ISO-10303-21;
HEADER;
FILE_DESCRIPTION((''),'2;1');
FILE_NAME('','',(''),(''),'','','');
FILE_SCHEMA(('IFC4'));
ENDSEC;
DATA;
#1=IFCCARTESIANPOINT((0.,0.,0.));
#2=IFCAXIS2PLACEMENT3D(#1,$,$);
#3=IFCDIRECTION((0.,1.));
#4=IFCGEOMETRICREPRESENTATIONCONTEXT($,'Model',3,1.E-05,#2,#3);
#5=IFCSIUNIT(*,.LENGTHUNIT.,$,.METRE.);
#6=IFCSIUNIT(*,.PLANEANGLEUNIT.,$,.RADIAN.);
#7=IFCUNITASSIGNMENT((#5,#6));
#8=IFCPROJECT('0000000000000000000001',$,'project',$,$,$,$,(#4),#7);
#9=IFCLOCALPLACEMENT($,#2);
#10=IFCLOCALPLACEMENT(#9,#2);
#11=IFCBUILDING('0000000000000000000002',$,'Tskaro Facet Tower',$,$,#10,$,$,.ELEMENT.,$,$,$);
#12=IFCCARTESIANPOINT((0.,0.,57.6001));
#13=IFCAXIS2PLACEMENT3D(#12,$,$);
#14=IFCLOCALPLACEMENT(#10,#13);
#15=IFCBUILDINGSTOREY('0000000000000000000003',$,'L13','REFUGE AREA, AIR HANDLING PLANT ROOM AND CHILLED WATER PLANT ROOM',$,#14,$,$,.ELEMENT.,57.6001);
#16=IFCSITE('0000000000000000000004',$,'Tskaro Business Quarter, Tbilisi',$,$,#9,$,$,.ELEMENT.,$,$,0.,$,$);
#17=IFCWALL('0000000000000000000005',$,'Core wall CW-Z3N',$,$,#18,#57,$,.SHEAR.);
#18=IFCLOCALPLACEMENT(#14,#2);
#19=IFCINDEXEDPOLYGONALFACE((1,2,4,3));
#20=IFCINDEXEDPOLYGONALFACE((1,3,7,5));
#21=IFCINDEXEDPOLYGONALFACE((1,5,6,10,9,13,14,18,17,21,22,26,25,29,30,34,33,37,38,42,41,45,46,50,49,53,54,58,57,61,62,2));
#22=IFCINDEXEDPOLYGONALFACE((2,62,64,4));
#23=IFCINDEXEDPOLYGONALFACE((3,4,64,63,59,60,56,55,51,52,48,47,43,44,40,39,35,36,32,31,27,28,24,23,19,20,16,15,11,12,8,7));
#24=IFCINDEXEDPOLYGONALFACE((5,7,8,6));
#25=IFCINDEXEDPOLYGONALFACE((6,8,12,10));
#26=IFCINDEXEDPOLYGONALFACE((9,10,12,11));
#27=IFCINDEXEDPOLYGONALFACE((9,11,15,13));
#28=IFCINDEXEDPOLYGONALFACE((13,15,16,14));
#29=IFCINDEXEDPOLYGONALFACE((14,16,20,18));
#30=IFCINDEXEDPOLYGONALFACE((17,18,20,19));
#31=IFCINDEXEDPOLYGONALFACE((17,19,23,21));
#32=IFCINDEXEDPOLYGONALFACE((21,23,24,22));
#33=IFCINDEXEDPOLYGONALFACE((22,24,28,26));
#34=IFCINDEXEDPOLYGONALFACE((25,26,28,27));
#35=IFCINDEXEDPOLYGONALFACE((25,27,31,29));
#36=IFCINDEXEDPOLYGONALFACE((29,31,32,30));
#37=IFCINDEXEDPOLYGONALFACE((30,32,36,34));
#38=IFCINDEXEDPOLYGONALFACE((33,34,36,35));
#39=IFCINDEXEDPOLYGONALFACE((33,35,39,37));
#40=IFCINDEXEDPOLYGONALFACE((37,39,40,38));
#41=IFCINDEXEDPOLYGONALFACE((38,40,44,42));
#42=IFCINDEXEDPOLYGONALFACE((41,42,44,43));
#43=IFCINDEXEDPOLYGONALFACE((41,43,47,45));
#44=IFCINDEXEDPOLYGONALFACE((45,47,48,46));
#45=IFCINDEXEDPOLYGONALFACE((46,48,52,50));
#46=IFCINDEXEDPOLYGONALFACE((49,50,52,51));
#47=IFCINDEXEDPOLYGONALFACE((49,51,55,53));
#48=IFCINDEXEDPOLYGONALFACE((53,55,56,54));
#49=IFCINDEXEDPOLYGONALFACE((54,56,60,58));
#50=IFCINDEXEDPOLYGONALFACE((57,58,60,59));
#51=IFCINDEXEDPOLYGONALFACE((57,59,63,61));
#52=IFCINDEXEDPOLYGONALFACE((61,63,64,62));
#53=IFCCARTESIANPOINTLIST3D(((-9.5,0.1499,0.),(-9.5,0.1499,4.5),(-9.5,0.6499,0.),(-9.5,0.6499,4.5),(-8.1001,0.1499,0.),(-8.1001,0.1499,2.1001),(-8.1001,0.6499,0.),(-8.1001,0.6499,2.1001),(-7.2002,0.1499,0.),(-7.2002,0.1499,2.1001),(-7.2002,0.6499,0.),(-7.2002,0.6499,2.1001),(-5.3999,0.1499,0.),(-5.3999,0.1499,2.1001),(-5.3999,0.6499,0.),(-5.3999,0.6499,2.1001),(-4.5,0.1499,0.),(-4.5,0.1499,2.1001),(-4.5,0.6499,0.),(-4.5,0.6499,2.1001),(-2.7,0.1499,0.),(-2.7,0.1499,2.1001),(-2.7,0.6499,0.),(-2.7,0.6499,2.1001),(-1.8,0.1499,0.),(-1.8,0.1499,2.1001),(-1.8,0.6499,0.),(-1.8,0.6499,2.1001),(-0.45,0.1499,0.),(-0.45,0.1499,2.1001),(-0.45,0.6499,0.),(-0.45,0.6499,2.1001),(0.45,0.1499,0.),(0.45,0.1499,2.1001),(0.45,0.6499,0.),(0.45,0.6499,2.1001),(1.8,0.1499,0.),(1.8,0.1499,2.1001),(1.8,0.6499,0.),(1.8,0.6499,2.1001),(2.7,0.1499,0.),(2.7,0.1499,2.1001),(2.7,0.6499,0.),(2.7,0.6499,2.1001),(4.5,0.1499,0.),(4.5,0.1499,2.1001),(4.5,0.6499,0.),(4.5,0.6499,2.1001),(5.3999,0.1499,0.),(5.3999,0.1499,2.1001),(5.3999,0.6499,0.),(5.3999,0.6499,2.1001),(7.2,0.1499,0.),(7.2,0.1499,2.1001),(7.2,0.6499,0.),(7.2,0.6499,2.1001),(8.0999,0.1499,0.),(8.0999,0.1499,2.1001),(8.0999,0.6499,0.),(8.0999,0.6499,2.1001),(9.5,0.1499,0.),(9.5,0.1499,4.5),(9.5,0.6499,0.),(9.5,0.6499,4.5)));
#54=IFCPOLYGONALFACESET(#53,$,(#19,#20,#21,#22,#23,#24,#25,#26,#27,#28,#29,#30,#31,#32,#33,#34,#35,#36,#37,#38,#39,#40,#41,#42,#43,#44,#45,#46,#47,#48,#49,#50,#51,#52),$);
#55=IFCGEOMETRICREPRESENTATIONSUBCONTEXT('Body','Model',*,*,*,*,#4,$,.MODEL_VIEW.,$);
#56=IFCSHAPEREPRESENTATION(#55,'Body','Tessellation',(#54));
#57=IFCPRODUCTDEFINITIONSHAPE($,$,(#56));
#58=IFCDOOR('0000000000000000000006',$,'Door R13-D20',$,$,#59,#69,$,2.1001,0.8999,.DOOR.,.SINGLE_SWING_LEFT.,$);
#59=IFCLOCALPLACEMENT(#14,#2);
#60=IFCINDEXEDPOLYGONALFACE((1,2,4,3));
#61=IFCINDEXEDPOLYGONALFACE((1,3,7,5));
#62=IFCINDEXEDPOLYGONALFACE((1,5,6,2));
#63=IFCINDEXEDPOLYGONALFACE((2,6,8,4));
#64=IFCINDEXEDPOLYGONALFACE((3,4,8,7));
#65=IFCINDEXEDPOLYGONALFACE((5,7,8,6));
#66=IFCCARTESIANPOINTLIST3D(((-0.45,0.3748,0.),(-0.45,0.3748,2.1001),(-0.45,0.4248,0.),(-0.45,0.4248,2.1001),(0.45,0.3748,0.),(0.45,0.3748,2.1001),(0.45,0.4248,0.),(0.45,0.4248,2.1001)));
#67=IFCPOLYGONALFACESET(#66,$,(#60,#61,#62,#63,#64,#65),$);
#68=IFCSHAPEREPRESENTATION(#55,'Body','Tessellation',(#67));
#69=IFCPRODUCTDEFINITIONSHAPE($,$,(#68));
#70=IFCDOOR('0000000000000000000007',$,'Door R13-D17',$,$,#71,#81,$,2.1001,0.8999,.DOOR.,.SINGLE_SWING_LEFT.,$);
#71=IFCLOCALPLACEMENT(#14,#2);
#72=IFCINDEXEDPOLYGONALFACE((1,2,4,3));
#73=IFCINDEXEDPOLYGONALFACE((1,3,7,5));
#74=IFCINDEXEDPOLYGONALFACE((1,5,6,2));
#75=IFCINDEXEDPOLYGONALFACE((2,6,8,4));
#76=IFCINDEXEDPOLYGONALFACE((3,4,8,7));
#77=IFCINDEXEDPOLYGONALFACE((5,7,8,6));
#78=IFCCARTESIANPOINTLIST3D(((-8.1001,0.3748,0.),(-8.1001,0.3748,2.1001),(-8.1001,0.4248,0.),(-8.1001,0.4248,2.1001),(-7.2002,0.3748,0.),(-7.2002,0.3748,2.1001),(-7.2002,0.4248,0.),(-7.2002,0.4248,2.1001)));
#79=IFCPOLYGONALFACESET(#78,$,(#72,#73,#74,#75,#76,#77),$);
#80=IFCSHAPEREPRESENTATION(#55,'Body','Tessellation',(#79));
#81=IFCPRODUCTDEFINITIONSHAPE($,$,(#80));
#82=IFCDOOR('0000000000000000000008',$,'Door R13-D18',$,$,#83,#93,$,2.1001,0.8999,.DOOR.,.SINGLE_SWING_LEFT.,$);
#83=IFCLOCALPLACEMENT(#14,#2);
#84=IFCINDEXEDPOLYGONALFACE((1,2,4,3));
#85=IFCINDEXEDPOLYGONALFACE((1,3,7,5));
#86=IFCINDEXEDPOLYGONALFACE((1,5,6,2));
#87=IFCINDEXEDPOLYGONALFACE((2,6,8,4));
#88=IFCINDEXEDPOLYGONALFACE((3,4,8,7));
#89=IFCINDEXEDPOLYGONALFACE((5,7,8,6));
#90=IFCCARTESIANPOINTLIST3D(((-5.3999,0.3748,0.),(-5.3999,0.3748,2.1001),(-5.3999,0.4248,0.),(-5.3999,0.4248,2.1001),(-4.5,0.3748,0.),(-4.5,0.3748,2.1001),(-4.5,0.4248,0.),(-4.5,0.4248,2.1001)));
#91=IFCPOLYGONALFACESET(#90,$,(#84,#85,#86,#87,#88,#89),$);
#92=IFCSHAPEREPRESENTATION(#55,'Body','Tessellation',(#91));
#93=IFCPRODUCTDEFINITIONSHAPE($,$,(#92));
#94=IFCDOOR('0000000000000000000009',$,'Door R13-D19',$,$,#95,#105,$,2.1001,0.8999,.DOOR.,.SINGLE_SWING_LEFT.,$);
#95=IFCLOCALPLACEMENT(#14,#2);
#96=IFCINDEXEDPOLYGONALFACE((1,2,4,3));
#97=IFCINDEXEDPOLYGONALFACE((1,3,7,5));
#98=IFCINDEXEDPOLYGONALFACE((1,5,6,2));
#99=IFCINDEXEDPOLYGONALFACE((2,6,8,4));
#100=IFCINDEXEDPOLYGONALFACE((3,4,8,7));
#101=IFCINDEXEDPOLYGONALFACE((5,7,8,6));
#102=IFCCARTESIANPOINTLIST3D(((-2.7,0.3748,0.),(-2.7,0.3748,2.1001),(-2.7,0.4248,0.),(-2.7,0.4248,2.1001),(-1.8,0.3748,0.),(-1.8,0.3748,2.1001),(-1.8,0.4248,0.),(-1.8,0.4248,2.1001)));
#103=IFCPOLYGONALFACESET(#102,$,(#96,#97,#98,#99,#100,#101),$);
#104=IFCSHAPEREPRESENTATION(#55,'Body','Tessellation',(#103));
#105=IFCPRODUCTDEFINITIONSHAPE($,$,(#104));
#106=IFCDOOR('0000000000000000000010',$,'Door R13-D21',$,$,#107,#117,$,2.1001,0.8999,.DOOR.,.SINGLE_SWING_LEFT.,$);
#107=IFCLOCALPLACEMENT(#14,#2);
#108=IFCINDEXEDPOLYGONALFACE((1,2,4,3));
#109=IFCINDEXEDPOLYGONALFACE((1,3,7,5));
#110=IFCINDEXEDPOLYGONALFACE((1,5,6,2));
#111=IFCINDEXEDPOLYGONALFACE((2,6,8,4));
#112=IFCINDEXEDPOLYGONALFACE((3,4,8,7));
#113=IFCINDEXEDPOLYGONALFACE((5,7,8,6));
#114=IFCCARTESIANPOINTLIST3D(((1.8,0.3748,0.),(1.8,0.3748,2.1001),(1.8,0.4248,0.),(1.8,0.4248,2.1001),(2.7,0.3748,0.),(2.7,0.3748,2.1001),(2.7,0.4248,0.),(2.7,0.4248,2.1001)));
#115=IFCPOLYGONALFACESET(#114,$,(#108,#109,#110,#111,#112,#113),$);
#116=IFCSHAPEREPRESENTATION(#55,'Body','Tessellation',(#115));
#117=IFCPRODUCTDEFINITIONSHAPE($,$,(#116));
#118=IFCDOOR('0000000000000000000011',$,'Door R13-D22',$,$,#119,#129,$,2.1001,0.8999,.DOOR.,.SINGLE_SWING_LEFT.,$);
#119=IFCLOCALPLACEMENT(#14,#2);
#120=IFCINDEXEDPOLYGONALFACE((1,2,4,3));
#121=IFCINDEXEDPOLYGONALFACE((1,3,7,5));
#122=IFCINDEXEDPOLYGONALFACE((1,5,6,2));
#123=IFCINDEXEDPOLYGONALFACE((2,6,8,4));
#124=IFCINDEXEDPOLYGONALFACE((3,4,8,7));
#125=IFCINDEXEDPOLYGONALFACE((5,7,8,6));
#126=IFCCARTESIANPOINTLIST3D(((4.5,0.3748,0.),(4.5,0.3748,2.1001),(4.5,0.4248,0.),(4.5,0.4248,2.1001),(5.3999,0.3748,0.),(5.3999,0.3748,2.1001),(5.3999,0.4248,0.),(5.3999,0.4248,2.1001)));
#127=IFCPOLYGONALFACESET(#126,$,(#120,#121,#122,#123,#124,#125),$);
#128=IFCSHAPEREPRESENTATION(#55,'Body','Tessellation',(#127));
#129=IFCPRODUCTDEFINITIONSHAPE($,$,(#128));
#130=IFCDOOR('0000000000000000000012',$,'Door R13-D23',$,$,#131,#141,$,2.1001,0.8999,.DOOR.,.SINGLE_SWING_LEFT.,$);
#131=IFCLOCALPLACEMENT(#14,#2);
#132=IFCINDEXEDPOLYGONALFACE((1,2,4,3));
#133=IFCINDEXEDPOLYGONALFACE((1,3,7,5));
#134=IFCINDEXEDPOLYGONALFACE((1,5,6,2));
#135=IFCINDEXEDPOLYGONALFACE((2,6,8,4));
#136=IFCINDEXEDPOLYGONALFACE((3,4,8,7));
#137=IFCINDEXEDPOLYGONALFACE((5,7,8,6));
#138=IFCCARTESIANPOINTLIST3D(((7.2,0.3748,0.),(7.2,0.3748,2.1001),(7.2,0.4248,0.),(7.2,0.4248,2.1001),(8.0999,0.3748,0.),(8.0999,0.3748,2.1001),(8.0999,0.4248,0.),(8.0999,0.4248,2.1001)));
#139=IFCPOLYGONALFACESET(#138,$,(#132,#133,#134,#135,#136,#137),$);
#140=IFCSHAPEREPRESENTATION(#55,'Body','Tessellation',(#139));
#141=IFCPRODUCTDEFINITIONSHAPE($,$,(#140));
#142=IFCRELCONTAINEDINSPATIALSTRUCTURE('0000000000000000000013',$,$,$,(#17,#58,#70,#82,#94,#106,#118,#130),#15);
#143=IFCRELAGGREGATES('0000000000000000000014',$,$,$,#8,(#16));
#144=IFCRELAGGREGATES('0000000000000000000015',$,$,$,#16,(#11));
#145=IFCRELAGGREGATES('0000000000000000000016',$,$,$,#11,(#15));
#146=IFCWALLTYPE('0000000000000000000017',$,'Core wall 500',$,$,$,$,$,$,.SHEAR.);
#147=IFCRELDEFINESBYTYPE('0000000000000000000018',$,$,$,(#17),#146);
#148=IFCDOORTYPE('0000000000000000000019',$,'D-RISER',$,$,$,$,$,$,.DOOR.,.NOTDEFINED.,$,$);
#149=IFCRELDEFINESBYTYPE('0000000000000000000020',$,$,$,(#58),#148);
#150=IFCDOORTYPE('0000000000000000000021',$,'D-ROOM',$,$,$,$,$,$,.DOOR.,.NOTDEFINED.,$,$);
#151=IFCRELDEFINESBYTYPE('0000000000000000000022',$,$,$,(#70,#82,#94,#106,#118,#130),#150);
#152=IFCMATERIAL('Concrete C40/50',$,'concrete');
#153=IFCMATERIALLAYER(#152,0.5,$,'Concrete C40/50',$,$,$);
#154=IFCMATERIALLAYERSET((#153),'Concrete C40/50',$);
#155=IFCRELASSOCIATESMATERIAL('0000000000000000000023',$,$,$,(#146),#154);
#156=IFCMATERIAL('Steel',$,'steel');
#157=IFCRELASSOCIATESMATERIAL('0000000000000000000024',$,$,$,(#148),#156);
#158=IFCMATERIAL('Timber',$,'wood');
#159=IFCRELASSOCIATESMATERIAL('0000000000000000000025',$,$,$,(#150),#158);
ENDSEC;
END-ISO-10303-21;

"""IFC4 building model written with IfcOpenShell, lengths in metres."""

from ifc_helpers import new_model, si_unit, direction, frame, frame_2d, origin, place, context, subcontext, project, spatial, rectangle, extrude, material, layer, layer_set, type_object, element, fill, save


model = new_model("IFC4")

# Units and contexts
model_context = context("Model", 3, precision=1e-05, world=origin(), true_north=direction((0.0, 1.0)))
body_context = subcontext(model_context, "Body", "Model", "MODEL_VIEW")
ifc_project = project(units=[si_unit("LENGTHUNIT", "METRE"), si_unit("PLANEANGLEUNIT", "RADIAN")], contexts=[model_context])

# Site, building, storey
site_placement = place(None, origin())
site = spatial("IfcSite", under=ifc_project, at=site_placement, Name="Tskaro Business Quarter, Tbilisi", CompositionType="ELEMENT", RefElevation=0.0)
building_placement = place(site_placement, origin())
building = spatial("IfcBuilding", under=site, at=building_placement, Name="Tskaro Facet Tower", CompositionType="ELEMENT")
storey_placement = place(building_placement, frame((0.0, 0.0, 57.6001)))
storey = spatial("IfcBuildingStorey", under=building, at=storey_placement, Name="L13", Description="REFUGE AREA, AIR HANDLING PLANT ROOM AND CHILLED WATER PLANT ROOM", CompositionType="ELEMENT", Elevation=57.6001)

# Wall, openings, doors
ifc_material_1 = material(Name="Concrete C40/50", Category="concrete")
ifc_layer_1 = layer(ifc_material_1, 0.5, Name="Concrete C40/50")
ifc_layer_set_1 = layer_set([ifc_layer_1], Name="Concrete C40/50")
wall_type_1 = type_object("IfcWallType", Name="Core wall 500", PredefinedType="SHEAR", material=ifc_layer_set_1)
wall_1_placement = place(storey_placement, frame((-9.5, 0.3999, 0.0), z_axis=(0.0, 0.0, 1.0), x_axis=(1.0, 0.0, 0.0)))
wall_1 = element("IfcWall", 1, at=wall_1_placement, inside=storey, type_object=wall_type_1, Name="Core wall CW-Z3N", PredefinedType="SHEAR", context=body_context, shape_type="SweptSolid", body=[
    extrude(rectangle(XDim=19.0, YDim=0.5, at=frame_2d((9.5, 0.0))), origin(), (0.0, 0.0, 1.0), 4.5),
])
opening_1_placement = place(wall_1_placement, frame((1.3999, 0.0, 0.0)))
opening_1 = element("IfcOpeningElement", 2, at=opening_1_placement, cuts=wall_1, PredefinedType="OPENING", context=body_context, shape_type="SweptSolid", body=[
    extrude(rectangle(XDim=0.8999, YDim=2.1001, at=frame_2d((0.45, 1.05))), frame((0.0, 0.26, 0.0), z_axis=(0.0, -1.0, 0.0), x_axis=(1.0, 0.0, 0.0)), (0.0, 0.0, 1.0), 0.52),
])
opening_2_placement = place(wall_1_placement, frame((4.1001, 0.0, 0.0)))
opening_2 = element("IfcOpeningElement", 3, at=opening_2_placement, cuts=wall_1, PredefinedType="OPENING", context=body_context, shape_type="SweptSolid", body=[
    extrude(rectangle(XDim=0.8999, YDim=2.1001, at=frame_2d((0.45, 1.05))), frame((0.0, 0.26, 0.0), z_axis=(0.0, -1.0, 0.0), x_axis=(1.0, 0.0, 0.0)), (0.0, 0.0, 1.0), 0.52),
])
opening_3_placement = place(wall_1_placement, frame((6.8, 0.0, 0.0)))
opening_3 = element("IfcOpeningElement", 4, at=opening_3_placement, cuts=wall_1, PredefinedType="OPENING", context=body_context, shape_type="SweptSolid", body=[
    extrude(rectangle(XDim=0.8999, YDim=2.1001, at=frame_2d((0.45, 1.05))), frame((0.0, 0.26, 0.0), z_axis=(0.0, -1.0, 0.0), x_axis=(1.0, 0.0, 0.0)), (0.0, 0.0, 1.0), 0.52),
])
opening_4_placement = place(wall_1_placement, frame((11.3, 0.0, 0.0)))
opening_4 = element("IfcOpeningElement", 5, at=opening_4_placement, cuts=wall_1, PredefinedType="OPENING", context=body_context, shape_type="SweptSolid", body=[
    extrude(rectangle(XDim=0.8999, YDim=2.1001, at=frame_2d((0.45, 1.05))), frame((0.0, 0.26, 0.0), z_axis=(0.0, -1.0, 0.0), x_axis=(1.0, 0.0, 0.0)), (0.0, 0.0, 1.0), 0.52),
])
opening_5_placement = place(wall_1_placement, frame((14.0, 0.0, 0.0)))
opening_5 = element("IfcOpeningElement", 6, at=opening_5_placement, cuts=wall_1, PredefinedType="OPENING", context=body_context, shape_type="SweptSolid", body=[
    extrude(rectangle(XDim=0.8999, YDim=2.1001, at=frame_2d((0.45, 1.05))), frame((0.0, 0.26, 0.0), z_axis=(0.0, -1.0, 0.0), x_axis=(1.0, 0.0, 0.0)), (0.0, 0.0, 1.0), 0.52),
])
opening_6_placement = place(wall_1_placement, frame((16.7, 0.0, 0.0)))
opening_6 = element("IfcOpeningElement", 7, at=opening_6_placement, cuts=wall_1, PredefinedType="OPENING", context=body_context, shape_type="SweptSolid", body=[
    extrude(rectangle(XDim=0.8999, YDim=2.1001, at=frame_2d((0.45, 1.05))), frame((0.0, 0.26, 0.0), z_axis=(0.0, -1.0, 0.0), x_axis=(1.0, 0.0, 0.0)), (0.0, 0.0, 1.0), 0.52),
])
opening_7_placement = place(wall_1_placement, frame((9.05, 0.0, 0.0)))
opening_7 = element("IfcOpeningElement", 8, at=opening_7_placement, cuts=wall_1, PredefinedType="OPENING", context=body_context, shape_type="SweptSolid", body=[
    extrude(rectangle(XDim=0.8999, YDim=2.1001, at=frame_2d((0.45, 1.05))), frame((0.0, 0.26, 0.0), z_axis=(0.0, -1.0, 0.0), x_axis=(1.0, 0.0, 0.0)), (0.0, 0.0, 1.0), 0.52),
])
ifc_material_2 = material(Name="Steel", Category="steel")
door_type_1 = type_object("IfcDoorType", Name="D-RISER", OperationType="NOTDEFINED", PredefinedType="DOOR", material=ifc_material_2)
door_1_placement = place(opening_7_placement, origin())
door_1 = element("IfcDoor", 9, at=door_1_placement, inside=storey, type_object=door_type_1, Name="Door R13-D20", OperationType="SINGLE_SWING_LEFT", OverallHeight=2.1001, OverallWidth=0.8999, PredefinedType="DOOR", context=body_context, shape_type="SweptSolid", body=[
    extrude(rectangle(XDim=0.8999, YDim=2.1001, at=frame_2d((0.45, 1.05))), frame((0.0, 0.0249, 0.0), z_axis=(0.0, -1.0, 0.0), x_axis=(1.0, 0.0, 0.0)), (0.0, 0.0, 1.0), 0.05),
])
fill(opening_7, door_1)
ifc_material_3 = material(Name="Timber", Category="wood")
door_type_2 = type_object("IfcDoorType", Name="D-ROOM", OperationType="NOTDEFINED", PredefinedType="DOOR", material=ifc_material_3)
door_2_placement = place(opening_1_placement, origin())
door_2 = element("IfcDoor", 10, at=door_2_placement, inside=storey, type_object=door_type_2, Name="Door R13-D17", OperationType="SINGLE_SWING_LEFT", OverallHeight=2.1001, OverallWidth=0.8999, PredefinedType="DOOR", context=body_context, shape_type="SweptSolid", body=[
    extrude(rectangle(XDim=0.8999, YDim=2.1001, at=frame_2d((0.45, 1.05))), frame((0.0, 0.0249, 0.0), z_axis=(0.0, -1.0, 0.0), x_axis=(1.0, 0.0, 0.0)), (0.0, 0.0, 1.0), 0.05),
])
fill(opening_1, door_2)
door_3_placement = place(opening_2_placement, origin())
door_3 = element("IfcDoor", 11, at=door_3_placement, inside=storey, type_object=door_type_2, Name="Door R13-D18", OperationType="SINGLE_SWING_LEFT", OverallHeight=2.1001, OverallWidth=0.8999, PredefinedType="DOOR", context=body_context, shape_type="SweptSolid", body=[
    extrude(rectangle(XDim=0.8999, YDim=2.1001, at=frame_2d((0.45, 1.05))), frame((0.0, 0.0249, 0.0), z_axis=(0.0, -1.0, 0.0), x_axis=(1.0, 0.0, 0.0)), (0.0, 0.0, 1.0), 0.05),
])
fill(opening_2, door_3)
door_4_placement = place(opening_3_placement, origin())
door_4 = element("IfcDoor", 12, at=door_4_placement, inside=storey, type_object=door_type_2, Name="Door R13-D19", OperationType="SINGLE_SWING_LEFT", OverallHeight=2.1001, OverallWidth=0.8999, PredefinedType="DOOR", context=body_context, shape_type="SweptSolid", body=[
    extrude(rectangle(XDim=0.8999, YDim=2.1001, at=frame_2d((0.45, 1.05))), frame((0.0, 0.0249, 0.0), z_axis=(0.0, -1.0, 0.0), x_axis=(1.0, 0.0, 0.0)), (0.0, 0.0, 1.0), 0.05),
])
fill(opening_3, door_4)
door_5_placement = place(opening_4_placement, origin())
door_5 = element("IfcDoor", 13, at=door_5_placement, inside=storey, type_object=door_type_2, Name="Door R13-D21", OperationType="SINGLE_SWING_LEFT", OverallHeight=2.1001, OverallWidth=0.8999, PredefinedType="DOOR", context=body_context, shape_type="SweptSolid", body=[
    extrude(rectangle(XDim=0.8999, YDim=2.1001, at=frame_2d((0.45, 1.05))), frame((0.0, 0.0249, 0.0), z_axis=(0.0, -1.0, 0.0), x_axis=(1.0, 0.0, 0.0)), (0.0, 0.0, 1.0), 0.05),
])
fill(opening_4, door_5)
door_6_placement = place(opening_5_placement, origin())
door_6 = element("IfcDoor", 14, at=door_6_placement, inside=storey, type_object=door_type_2, Name="Door R13-D22", OperationType="SINGLE_SWING_LEFT", OverallHeight=2.1001, OverallWidth=0.8999, PredefinedType="DOOR", context=body_context, shape_type="SweptSolid", body=[
    extrude(rectangle(XDim=0.8999, YDim=2.1001, at=frame_2d((0.45, 1.05))), frame((0.0, 0.0249, 0.0), z_axis=(0.0, -1.0, 0.0), x_axis=(1.0, 0.0, 0.0)), (0.0, 0.0, 1.0), 0.05),
])
fill(opening_5, door_6)
door_7_placement = place(opening_6_placement, origin())
door_7 = element("IfcDoor", 15, at=door_7_placement, inside=storey, type_object=door_type_2, Name="Door R13-D23", OperationType="SINGLE_SWING_LEFT", OverallHeight=2.1001, OverallWidth=0.8999, PredefinedType="DOOR", context=body_context, shape_type="SweptSolid", body=[
    extrude(rectangle(XDim=0.8999, YDim=2.1001, at=frame_2d((0.45, 1.05))), frame((0.0, 0.0249, 0.0), z_axis=(0.0, -1.0, 0.0), x_axis=(1.0, 0.0, 0.0)), (0.0, 0.0, 1.0), 0.05),
])
fill(opening_6, door_7)

save(model, "model.ifc")
